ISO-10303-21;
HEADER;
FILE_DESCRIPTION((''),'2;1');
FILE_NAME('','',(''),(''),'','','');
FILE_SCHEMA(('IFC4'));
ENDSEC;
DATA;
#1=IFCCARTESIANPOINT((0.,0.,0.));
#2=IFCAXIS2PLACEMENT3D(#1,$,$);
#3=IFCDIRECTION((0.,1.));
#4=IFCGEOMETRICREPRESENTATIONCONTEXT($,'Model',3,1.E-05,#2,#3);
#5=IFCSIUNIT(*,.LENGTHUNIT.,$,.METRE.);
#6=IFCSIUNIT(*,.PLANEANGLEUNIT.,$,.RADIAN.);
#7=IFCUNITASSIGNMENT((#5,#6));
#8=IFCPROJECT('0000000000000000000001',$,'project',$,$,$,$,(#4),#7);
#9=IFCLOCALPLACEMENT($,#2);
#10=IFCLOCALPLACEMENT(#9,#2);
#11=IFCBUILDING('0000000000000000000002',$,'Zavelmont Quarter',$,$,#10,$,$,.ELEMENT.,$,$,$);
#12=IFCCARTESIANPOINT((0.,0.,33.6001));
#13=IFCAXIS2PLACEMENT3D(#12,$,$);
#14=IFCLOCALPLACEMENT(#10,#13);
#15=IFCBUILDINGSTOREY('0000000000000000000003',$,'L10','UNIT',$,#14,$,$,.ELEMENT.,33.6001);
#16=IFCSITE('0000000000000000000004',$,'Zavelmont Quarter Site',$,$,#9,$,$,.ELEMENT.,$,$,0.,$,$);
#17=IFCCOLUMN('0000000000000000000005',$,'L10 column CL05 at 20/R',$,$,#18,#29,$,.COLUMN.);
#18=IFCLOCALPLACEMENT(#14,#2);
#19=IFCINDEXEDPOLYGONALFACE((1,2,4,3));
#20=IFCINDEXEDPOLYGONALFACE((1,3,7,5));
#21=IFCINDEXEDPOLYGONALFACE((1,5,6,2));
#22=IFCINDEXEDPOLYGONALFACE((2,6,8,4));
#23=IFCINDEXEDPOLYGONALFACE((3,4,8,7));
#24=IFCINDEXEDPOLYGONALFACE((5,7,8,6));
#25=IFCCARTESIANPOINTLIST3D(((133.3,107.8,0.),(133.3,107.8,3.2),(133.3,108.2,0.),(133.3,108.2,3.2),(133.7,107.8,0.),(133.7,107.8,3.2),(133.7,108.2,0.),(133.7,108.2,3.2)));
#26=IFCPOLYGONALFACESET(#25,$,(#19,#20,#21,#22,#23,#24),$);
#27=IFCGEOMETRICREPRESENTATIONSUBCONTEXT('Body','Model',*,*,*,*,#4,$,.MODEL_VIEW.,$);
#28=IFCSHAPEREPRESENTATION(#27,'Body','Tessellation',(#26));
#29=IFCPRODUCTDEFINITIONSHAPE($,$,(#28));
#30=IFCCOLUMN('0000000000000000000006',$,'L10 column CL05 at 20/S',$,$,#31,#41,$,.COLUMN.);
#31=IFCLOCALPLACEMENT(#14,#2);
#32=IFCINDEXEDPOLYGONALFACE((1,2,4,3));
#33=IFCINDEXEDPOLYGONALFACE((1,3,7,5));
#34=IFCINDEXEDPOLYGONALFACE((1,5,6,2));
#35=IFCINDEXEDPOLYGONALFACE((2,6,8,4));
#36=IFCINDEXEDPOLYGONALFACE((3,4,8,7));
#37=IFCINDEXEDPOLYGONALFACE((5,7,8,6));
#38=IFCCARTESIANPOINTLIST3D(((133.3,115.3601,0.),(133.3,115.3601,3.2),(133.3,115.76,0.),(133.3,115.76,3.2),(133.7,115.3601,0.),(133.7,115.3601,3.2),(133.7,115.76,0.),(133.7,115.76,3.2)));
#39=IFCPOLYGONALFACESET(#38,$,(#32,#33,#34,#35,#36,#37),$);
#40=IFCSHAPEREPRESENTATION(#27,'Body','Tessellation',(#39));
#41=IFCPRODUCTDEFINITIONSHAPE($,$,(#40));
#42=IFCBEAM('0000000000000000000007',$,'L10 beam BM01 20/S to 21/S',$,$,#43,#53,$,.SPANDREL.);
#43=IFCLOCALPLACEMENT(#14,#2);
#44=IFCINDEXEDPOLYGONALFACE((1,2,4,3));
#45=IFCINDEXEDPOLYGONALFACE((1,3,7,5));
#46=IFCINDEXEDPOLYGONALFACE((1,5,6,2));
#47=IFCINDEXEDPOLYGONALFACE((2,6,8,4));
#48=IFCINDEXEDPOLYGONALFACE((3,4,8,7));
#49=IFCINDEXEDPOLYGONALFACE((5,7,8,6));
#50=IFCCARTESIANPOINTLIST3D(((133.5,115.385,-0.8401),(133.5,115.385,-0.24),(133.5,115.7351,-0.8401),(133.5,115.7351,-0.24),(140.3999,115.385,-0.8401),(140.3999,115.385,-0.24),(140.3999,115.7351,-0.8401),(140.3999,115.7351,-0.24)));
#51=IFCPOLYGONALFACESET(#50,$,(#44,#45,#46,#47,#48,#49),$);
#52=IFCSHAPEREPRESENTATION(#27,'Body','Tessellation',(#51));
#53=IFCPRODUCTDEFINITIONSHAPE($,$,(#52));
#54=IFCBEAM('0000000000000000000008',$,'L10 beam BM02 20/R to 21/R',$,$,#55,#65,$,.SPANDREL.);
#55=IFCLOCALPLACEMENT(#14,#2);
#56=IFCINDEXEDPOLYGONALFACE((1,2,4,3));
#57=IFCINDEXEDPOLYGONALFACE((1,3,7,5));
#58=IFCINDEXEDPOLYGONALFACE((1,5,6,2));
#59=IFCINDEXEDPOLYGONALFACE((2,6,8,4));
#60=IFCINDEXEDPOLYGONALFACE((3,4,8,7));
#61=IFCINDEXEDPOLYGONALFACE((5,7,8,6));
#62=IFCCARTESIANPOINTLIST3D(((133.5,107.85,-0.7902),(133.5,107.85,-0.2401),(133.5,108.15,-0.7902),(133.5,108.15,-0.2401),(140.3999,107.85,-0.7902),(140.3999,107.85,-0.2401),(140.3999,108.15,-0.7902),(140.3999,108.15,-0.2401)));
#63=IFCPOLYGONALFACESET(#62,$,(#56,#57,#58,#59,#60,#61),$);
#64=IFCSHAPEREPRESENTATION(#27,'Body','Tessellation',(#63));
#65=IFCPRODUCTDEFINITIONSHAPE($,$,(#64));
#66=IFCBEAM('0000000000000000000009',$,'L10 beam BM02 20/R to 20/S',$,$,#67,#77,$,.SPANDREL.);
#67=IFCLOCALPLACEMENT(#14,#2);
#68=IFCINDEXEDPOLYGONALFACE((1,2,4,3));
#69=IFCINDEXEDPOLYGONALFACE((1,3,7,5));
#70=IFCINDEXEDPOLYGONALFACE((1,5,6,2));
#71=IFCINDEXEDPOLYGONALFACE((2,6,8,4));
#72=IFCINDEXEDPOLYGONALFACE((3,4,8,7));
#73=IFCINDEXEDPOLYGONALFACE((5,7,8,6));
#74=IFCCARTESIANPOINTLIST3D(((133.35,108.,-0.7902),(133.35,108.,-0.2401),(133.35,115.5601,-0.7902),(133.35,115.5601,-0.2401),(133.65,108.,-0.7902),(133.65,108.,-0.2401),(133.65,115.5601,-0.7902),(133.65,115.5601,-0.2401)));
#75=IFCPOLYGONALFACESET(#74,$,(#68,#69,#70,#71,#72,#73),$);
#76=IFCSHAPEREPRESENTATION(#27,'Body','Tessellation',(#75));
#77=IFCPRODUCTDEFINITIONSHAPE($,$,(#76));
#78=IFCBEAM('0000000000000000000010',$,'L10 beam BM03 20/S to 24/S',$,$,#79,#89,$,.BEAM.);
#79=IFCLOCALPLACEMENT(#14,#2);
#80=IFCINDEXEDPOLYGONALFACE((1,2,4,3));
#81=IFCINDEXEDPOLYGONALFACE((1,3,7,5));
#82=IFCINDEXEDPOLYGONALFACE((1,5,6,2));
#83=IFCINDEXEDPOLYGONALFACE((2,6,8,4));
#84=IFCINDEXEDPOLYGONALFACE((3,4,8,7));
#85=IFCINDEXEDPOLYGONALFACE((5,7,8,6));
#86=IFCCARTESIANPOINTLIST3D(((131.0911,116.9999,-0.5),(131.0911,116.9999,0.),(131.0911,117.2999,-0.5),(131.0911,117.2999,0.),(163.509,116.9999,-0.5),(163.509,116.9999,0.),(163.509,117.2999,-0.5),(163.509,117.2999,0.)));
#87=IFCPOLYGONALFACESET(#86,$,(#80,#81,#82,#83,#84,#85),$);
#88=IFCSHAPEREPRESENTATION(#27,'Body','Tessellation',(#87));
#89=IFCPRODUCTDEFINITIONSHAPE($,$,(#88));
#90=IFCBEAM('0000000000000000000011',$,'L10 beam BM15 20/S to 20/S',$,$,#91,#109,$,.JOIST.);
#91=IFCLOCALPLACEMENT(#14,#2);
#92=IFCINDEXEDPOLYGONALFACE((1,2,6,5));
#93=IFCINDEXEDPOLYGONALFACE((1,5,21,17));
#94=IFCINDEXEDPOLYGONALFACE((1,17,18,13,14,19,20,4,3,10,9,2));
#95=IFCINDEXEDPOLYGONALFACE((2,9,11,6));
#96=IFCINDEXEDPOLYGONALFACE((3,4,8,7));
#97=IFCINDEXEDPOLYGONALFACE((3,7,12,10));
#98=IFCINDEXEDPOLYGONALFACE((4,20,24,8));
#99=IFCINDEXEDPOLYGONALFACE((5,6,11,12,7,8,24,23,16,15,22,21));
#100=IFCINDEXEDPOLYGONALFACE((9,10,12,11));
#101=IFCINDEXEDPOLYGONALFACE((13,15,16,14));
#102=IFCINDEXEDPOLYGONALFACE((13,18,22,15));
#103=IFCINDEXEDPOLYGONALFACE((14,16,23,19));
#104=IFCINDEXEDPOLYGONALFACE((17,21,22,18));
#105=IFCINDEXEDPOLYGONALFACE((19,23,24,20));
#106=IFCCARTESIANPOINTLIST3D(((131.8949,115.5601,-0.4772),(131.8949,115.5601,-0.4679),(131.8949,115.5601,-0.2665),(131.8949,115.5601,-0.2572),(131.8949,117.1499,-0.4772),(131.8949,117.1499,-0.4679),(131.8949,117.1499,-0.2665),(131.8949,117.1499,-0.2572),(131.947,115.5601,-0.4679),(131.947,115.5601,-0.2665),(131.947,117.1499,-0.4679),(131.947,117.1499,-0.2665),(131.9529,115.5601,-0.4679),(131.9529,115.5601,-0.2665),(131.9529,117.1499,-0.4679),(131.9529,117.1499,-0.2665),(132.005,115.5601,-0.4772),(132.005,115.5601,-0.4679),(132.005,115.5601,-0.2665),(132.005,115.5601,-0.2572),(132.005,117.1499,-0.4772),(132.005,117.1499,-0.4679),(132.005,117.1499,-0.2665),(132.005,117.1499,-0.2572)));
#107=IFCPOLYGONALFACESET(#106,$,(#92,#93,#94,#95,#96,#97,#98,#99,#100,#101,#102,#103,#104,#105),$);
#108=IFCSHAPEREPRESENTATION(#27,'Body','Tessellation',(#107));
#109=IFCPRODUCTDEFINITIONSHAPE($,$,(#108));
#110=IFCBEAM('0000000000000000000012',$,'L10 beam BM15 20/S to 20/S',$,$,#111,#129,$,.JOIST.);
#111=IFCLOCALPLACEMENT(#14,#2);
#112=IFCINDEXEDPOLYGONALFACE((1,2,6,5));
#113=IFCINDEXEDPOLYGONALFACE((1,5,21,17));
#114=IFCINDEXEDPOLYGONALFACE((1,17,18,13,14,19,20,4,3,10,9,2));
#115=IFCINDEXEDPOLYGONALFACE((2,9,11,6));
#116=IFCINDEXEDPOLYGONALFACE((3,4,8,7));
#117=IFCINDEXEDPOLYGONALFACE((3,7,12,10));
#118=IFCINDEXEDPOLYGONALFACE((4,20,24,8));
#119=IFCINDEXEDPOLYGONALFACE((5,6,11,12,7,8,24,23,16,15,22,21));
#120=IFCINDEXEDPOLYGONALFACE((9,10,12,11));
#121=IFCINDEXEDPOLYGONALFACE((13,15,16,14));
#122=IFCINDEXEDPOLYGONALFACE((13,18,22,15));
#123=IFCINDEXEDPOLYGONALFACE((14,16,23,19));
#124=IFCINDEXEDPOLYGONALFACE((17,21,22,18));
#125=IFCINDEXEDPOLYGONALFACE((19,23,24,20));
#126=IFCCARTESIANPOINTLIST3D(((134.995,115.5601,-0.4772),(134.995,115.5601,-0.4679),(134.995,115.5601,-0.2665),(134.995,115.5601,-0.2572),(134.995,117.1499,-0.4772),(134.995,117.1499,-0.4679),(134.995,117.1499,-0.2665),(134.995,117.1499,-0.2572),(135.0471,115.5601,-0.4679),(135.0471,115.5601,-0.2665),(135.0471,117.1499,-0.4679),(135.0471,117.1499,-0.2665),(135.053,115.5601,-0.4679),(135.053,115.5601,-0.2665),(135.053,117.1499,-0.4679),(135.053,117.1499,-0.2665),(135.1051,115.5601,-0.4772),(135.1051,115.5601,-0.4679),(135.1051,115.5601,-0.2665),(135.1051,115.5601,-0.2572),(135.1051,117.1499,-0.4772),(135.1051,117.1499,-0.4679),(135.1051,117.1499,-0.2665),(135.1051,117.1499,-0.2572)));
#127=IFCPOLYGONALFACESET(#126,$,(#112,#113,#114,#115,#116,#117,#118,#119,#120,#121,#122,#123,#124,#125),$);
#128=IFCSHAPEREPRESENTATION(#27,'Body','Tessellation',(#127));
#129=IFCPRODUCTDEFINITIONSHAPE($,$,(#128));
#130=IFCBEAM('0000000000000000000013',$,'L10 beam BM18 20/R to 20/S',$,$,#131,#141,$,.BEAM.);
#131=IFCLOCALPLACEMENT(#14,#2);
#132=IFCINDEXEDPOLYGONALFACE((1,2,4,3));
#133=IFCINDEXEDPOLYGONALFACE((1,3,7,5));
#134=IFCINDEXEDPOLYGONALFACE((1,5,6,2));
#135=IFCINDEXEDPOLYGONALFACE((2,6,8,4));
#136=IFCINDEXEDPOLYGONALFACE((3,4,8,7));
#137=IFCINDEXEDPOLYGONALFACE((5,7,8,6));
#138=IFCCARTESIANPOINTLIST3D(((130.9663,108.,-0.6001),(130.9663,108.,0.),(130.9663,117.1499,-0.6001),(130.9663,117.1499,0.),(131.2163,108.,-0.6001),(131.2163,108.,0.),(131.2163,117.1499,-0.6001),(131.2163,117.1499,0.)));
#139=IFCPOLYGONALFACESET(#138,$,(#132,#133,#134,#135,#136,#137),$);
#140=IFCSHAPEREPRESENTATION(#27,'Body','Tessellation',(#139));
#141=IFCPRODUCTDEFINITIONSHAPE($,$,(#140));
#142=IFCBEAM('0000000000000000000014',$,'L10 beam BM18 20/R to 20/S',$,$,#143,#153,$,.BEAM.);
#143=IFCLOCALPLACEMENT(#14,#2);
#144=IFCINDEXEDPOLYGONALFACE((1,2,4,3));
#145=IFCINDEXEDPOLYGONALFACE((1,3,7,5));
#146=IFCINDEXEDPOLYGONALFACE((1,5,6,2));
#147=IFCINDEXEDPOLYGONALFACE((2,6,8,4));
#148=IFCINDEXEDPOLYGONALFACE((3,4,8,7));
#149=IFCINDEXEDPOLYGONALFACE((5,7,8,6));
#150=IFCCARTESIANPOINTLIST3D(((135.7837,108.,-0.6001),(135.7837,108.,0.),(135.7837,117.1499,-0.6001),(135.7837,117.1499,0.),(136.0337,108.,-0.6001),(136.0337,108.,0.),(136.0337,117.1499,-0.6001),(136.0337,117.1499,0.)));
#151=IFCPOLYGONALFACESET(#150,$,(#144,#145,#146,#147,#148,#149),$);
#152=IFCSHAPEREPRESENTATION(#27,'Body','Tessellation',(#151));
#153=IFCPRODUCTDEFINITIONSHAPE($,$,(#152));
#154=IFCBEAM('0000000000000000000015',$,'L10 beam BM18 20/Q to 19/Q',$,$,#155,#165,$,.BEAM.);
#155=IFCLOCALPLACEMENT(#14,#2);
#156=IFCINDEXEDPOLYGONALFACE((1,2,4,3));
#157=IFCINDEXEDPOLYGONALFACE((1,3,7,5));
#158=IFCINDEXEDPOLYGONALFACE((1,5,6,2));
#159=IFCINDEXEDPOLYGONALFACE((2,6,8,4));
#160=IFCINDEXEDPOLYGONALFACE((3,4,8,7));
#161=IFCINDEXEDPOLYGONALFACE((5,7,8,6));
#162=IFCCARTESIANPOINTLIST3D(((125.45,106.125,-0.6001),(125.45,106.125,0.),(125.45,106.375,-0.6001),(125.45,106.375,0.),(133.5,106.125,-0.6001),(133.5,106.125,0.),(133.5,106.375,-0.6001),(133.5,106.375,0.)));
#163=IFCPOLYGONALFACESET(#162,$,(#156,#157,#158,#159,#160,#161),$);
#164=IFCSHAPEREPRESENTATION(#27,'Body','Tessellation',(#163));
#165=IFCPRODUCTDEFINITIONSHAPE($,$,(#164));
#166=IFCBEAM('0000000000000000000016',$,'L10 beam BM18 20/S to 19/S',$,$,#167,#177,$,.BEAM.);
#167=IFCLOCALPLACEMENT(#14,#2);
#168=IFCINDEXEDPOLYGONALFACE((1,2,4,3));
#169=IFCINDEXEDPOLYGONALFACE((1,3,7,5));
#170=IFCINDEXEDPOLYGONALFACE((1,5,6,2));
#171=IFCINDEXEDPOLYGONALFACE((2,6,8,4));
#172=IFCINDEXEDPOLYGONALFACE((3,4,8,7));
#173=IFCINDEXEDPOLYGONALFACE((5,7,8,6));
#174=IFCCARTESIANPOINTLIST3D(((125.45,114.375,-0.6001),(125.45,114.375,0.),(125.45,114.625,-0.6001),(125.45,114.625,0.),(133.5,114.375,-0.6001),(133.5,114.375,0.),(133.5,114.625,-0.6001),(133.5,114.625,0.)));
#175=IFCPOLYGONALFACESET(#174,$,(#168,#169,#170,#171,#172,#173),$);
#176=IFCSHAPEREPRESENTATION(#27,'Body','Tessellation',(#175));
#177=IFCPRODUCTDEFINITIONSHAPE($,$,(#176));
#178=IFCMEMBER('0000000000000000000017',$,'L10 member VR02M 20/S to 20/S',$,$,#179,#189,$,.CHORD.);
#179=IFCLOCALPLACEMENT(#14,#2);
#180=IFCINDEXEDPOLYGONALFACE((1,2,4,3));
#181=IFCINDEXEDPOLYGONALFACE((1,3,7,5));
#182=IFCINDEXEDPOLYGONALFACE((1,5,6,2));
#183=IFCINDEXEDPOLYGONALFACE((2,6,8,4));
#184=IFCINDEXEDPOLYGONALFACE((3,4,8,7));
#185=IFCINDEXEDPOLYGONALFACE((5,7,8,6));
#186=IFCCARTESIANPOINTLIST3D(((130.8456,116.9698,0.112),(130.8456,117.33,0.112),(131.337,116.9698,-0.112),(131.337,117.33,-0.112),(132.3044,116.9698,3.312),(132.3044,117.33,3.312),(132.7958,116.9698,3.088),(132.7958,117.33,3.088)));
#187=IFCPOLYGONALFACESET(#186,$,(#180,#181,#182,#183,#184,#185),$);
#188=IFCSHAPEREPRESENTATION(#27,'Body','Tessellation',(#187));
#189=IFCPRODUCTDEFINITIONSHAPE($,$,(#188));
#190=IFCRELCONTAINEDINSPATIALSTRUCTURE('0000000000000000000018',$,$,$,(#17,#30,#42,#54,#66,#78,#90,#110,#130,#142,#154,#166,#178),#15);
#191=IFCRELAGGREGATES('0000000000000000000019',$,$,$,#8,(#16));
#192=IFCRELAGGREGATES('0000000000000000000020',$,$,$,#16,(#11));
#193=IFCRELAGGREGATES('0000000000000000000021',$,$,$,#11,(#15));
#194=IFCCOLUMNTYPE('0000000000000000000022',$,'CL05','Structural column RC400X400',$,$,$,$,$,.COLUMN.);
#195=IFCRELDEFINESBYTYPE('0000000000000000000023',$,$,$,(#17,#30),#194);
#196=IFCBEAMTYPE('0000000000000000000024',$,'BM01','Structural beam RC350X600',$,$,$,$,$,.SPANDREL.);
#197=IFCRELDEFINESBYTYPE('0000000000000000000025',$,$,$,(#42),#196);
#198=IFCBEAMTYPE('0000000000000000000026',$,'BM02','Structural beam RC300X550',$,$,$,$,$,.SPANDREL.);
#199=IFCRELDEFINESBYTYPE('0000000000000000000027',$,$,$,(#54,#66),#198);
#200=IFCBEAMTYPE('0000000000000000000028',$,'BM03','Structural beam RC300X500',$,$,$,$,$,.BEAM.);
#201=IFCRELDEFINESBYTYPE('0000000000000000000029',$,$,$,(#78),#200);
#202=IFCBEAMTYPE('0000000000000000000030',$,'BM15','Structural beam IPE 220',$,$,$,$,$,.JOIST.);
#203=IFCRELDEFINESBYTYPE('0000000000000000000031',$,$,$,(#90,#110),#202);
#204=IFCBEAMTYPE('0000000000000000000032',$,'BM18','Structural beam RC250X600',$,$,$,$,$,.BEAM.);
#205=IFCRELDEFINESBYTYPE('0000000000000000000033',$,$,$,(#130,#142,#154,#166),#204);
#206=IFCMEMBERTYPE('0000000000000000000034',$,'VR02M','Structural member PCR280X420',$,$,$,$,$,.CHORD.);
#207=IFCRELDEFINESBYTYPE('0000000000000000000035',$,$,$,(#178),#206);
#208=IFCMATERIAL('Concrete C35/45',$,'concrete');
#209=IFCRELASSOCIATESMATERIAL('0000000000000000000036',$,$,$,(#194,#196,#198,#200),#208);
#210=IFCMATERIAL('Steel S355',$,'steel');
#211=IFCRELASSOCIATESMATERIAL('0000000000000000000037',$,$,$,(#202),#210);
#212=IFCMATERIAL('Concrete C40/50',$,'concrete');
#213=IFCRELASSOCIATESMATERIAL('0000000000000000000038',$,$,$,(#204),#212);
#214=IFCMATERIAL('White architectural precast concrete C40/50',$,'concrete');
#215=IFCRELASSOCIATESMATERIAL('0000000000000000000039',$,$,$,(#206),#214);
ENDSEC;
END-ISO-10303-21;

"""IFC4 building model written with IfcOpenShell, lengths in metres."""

from ifc_helpers import new_model, si_unit, direction, frame, origin, origin_2d, place, context, subcontext, project, spatial, rectangle, i_section, extrude, material, material_profile, profile_set, type_object, element, save


model = new_model("IFC4")

# Units and contexts
model_context = context("Model", 3, precision=1e-05, world=origin(), true_north=direction((0.0, 1.0)))
body_context = subcontext(model_context, "Body", "Model", "MODEL_VIEW")
ifc_project = project(units=[si_unit("LENGTHUNIT", "METRE"), si_unit("PLANEANGLEUNIT", "RADIAN")], contexts=[model_context])

# Site, building, storey
site_placement = place(None, origin())
site = spatial("IfcSite", under=ifc_project, at=site_placement, Name="Zavelmont Quarter Site", CompositionType="ELEMENT", RefElevation=0.0)
building_placement = place(site_placement, origin())
building = spatial("IfcBuilding", under=site, at=building_placement, Name="Zavelmont Quarter", CompositionType="ELEMENT")
storey_placement = place(building_placement, frame((0.0, 0.0, 33.6001)))
storey = spatial("IfcBuildingStorey", under=building, at=storey_placement, Name="L10", Description="UNIT", CompositionType="ELEMENT", Elevation=33.6001)

# Columns
ifc_material_1 = material(Name="Concrete C35/45", Category="concrete")
ifc_material_profile_1 = material_profile(ifc_material_1, rectangle(XDim=0.3999, YDim=0.3999, at=origin_2d()), Name="RC400X400")
ifc_profile_set_1 = profile_set([ifc_material_profile_1], Name="Concrete C35/45")
column_type = type_object("IfcColumnType", Name="CL05", Description="Structural column RC400X400", PredefinedType="COLUMN", material=ifc_profile_set_1)
for number, where, z_axis, x_axis, name in (
    (1, (133.5, 108.0, 0.0), (0.0, 0.0, 1.0), (1.0, 0.0, 0.0), "L10 column CL05 at 20/R"),
    (2, (133.5, 115.5601, 0.0), (0.0, 0.0, 1.0), (1.0, 0.0, 0.0), "L10 column CL05 at 20/S"),
):
    element("IfcColumn", number, at=place(storey_placement, frame(where, z_axis=z_axis, x_axis=x_axis)), inside=storey, type_object=column_type, Name=name, PredefinedType="COLUMN", context=body_context, shape_type="SweptSolid", body=[
        extrude(rectangle(XDim=0.3999, YDim=0.3999, at=origin_2d()), origin(), (0.0, 0.0, 1.0), 3.2),
    ])

# Beams
ifc_material_profile_2 = material_profile(ifc_material_1, rectangle(XDim=0.3501, YDim=0.6001, at=origin_2d()), Name="RC350X600")
ifc_profile_set_2 = profile_set([ifc_material_profile_2], Name="Concrete C35/45")
beam_type_1 = type_object("IfcBeamType", Name="BM01", Description="Structural beam RC350X600", PredefinedType="SPANDREL", material=ifc_profile_set_2)
beam_1_placement = place(storey_placement, frame((133.5, 115.5601, -0.54), z_axis=(1.0, 0.0, 0.0), x_axis=(0.0, 1.0, 0.0)))
element("IfcBeam", 3, at=beam_1_placement, inside=storey, type_object=beam_type_1, Name="L10 beam BM01 20/S to 21/S", PredefinedType="SPANDREL", context=body_context, shape_type="SweptSolid", body=[
    extrude(rectangle(XDim=0.3501, YDim=0.6001, at=origin_2d()), origin(), (0.0, 0.0, 1.0), 6.8999),
])
ifc_material_profile_3 = material_profile(ifc_material_1, rectangle(XDim=0.3, YDim=0.55, at=origin_2d()), Name="RC300X550")
ifc_profile_set_3 = profile_set([ifc_material_profile_3], Name="Concrete C35/45")
beam_type_2 = type_object("IfcBeamType", Name="BM02", Description="Structural beam RC300X550", PredefinedType="SPANDREL", material=ifc_profile_set_3)
beam_2_placement = place(storey_placement, frame((133.5, 108.0, -0.5151), z_axis=(1.0, 0.0, 0.0), x_axis=(0.0, 1.0, 0.0)))
element("IfcBeam", 4, at=beam_2_placement, inside=storey, type_object=beam_type_2, Name="L10 beam BM02 20/R to 21/R", PredefinedType="SPANDREL", context=body_context, shape_type="SweptSolid", body=[
    extrude(rectangle(XDim=0.3, YDim=0.55, at=origin_2d()), origin(), (0.0, 0.0, 1.0), 6.8999),
])
beam_3_placement = place(storey_placement, frame((133.5, 108.0, -0.5151), z_axis=(0.0, 1.0, 0.0), x_axis=(-1.0, 0.0, 0.0)))
element("IfcBeam", 5, at=beam_3_placement, inside=storey, type_object=beam_type_2, Name="L10 beam BM02 20/R to 20/S", PredefinedType="SPANDREL", context=body_context, shape_type="SweptSolid", body=[
    extrude(rectangle(XDim=0.3, YDim=0.55, at=origin_2d()), origin(), (0.0, 0.0, 1.0), 7.5601),
])
ifc_material_profile_4 = material_profile(ifc_material_1, rectangle(XDim=0.3, YDim=0.5, at=origin_2d()), Name="RC300X500")
ifc_profile_set_4 = profile_set([ifc_material_profile_4], Name="Concrete C35/45")
beam_type_3 = type_object("IfcBeamType", Name="BM03", Description="Structural beam RC300X500", PredefinedType="BEAM", material=ifc_profile_set_4)
beam_4_placement = place(storey_placement, frame((131.0911, 117.1499, -0.25), z_axis=(1.0, 0.0, 0.0), x_axis=(0.0, 1.0, 0.0)))
element("IfcBeam", 6, at=beam_4_placement, inside=storey, type_object=beam_type_3, Name="L10 beam BM03 20/S to 24/S", PredefinedType="BEAM", context=body_context, shape_type="SweptSolid", body=[
    extrude(rectangle(XDim=0.3, YDim=0.5, at=origin_2d()), origin(), (0.0, 0.0, 1.0), 32.418),
])
ifc_material_2 = material(Name="Steel S355", Category="steel")
ifc_material_profile_5 = material_profile(ifc_material_2, i_section(OverallWidth=0.1101, OverallDepth=0.22, WebThickness=0.0059, FlangeThickness=0.0093, at=origin_2d()), Name="IPE 220")
ifc_profile_set_5 = profile_set([ifc_material_profile_5], Name="Steel S355")
beam_type_4 = type_object("IfcBeamType", Name="BM15", Description="Structural beam IPE 220", PredefinedType="JOIST", material=ifc_profile_set_5)
for number, where, z_axis, x_axis, name in (
    (7, (131.95, 115.5601, -0.3672), (0.0, 1.0, 0.0), (-1.0, 0.0, 0.0), "L10 beam BM15 20/S to 20/S"),
    (8, (135.05, 115.5601, -0.3672), (0.0, 1.0, 0.0), (-1.0, 0.0, 0.0), "L10 beam BM15 20/S to 20/S"),
):
    element("IfcBeam", number, at=place(storey_placement, frame(where, z_axis=z_axis, x_axis=x_axis)), inside=storey, type_object=beam_type_4, Name=name, PredefinedType="JOIST", context=body_context, shape_type="SweptSolid", body=[
        extrude(i_section(OverallWidth=0.1101, OverallDepth=0.22, WebThickness=0.0059, FlangeThickness=0.0093, at=origin_2d()), origin(), (0.0, 0.0, 1.0), 1.5898),
    ])
ifc_material_3 = material(Name="Concrete C40/50", Category="concrete")
ifc_material_profile_6 = material_profile(ifc_material_3, rectangle(XDim=0.25, YDim=0.6001, at=origin_2d()), Name="RC250X600")
ifc_profile_set_6 = profile_set([ifc_material_profile_6], Name="Concrete C40/50")
beam_type_5 = type_object("IfcBeamType", Name="BM18", Description="Structural beam RC250X600", PredefinedType="BEAM", material=ifc_profile_set_6)
for number, where, z_axis, x_axis, name in (
    (9, (131.0913, 108.0, -0.3), (0.0, 1.0, 0.0), (-1.0, 0.0, 0.0), "L10 beam BM18 20/R to 20/S"),
    (10, (135.9087, 108.0, -0.3), (0.0, 1.0, 0.0), (-1.0, 0.0, 0.0), "L10 beam BM18 20/R to 20/S"),
):
    element("IfcBeam", number, at=place(storey_placement, frame(where, z_axis=z_axis, x_axis=x_axis)), inside=storey, type_object=beam_type_5, Name=name, PredefinedType="BEAM", context=body_context, shape_type="SweptSolid", body=[
        extrude(rectangle(XDim=0.25, YDim=0.6001, at=origin_2d()), origin(), (0.0, 0.0, 1.0), 9.1499),
    ])
for number, where, z_axis, x_axis, name in (
    (11, (133.5, 106.25, -0.3), (-1.0, 0.0, 0.0), (0.0, -1.0, 0.0), "L10 beam BM18 20/Q to 19/Q"),
    (12, (133.5, 114.5, -0.3), (-1.0, 0.0, 0.0), (0.0, -1.0, 0.0), "L10 beam BM18 20/S to 19/S"),
):
    element("IfcBeam", number, at=place(storey_placement, frame(where, z_axis=z_axis, x_axis=x_axis)), inside=storey, type_object=beam_type_5, Name=name, PredefinedType="BEAM", context=body_context, shape_type="SweptSolid", body=[
        extrude(rectangle(XDim=0.25, YDim=0.6001, at=origin_2d()), origin(), (0.0, 0.0, 1.0), 8.05),
    ])

# Member
ifc_material_4 = material(Name="White architectural precast concrete C40/50", Category="concrete")
ifc_material_profile_7 = material_profile(ifc_material_4, rectangle(XDim=0.3601, YDim=0.54, at=origin_2d()), Name="PCR280X420")
ifc_profile_set_7 = profile_set([ifc_material_profile_7], Name="White architectural precast concrete C40/50")
member_type = type_object("IfcMemberType", Name="VR02M", Description="Structural member PCR280X420", PredefinedType="CHORD", material=ifc_profile_set_7)
for number, where, z_axis, x_axis, name in (
    (13, (131.0913, 117.1499, 0.0), (0.414796, 0.0, 0.909914), (0.0, 1.0, 0.0), "L10 member VR02M 20/S to 20/S"),
):
    element("IfcMember", number, at=place(storey_placement, frame(where, z_axis=z_axis, x_axis=x_axis)), inside=storey, type_object=member_type, Name=name, PredefinedType="CHORD", context=body_context, shape_type="SweptSolid", body=[
        extrude(rectangle(XDim=0.3601, YDim=0.54, at=origin_2d()), origin(), (0.0, 0.0, 1.0), 3.5168),
    ])

save(model, "model.ifc")
